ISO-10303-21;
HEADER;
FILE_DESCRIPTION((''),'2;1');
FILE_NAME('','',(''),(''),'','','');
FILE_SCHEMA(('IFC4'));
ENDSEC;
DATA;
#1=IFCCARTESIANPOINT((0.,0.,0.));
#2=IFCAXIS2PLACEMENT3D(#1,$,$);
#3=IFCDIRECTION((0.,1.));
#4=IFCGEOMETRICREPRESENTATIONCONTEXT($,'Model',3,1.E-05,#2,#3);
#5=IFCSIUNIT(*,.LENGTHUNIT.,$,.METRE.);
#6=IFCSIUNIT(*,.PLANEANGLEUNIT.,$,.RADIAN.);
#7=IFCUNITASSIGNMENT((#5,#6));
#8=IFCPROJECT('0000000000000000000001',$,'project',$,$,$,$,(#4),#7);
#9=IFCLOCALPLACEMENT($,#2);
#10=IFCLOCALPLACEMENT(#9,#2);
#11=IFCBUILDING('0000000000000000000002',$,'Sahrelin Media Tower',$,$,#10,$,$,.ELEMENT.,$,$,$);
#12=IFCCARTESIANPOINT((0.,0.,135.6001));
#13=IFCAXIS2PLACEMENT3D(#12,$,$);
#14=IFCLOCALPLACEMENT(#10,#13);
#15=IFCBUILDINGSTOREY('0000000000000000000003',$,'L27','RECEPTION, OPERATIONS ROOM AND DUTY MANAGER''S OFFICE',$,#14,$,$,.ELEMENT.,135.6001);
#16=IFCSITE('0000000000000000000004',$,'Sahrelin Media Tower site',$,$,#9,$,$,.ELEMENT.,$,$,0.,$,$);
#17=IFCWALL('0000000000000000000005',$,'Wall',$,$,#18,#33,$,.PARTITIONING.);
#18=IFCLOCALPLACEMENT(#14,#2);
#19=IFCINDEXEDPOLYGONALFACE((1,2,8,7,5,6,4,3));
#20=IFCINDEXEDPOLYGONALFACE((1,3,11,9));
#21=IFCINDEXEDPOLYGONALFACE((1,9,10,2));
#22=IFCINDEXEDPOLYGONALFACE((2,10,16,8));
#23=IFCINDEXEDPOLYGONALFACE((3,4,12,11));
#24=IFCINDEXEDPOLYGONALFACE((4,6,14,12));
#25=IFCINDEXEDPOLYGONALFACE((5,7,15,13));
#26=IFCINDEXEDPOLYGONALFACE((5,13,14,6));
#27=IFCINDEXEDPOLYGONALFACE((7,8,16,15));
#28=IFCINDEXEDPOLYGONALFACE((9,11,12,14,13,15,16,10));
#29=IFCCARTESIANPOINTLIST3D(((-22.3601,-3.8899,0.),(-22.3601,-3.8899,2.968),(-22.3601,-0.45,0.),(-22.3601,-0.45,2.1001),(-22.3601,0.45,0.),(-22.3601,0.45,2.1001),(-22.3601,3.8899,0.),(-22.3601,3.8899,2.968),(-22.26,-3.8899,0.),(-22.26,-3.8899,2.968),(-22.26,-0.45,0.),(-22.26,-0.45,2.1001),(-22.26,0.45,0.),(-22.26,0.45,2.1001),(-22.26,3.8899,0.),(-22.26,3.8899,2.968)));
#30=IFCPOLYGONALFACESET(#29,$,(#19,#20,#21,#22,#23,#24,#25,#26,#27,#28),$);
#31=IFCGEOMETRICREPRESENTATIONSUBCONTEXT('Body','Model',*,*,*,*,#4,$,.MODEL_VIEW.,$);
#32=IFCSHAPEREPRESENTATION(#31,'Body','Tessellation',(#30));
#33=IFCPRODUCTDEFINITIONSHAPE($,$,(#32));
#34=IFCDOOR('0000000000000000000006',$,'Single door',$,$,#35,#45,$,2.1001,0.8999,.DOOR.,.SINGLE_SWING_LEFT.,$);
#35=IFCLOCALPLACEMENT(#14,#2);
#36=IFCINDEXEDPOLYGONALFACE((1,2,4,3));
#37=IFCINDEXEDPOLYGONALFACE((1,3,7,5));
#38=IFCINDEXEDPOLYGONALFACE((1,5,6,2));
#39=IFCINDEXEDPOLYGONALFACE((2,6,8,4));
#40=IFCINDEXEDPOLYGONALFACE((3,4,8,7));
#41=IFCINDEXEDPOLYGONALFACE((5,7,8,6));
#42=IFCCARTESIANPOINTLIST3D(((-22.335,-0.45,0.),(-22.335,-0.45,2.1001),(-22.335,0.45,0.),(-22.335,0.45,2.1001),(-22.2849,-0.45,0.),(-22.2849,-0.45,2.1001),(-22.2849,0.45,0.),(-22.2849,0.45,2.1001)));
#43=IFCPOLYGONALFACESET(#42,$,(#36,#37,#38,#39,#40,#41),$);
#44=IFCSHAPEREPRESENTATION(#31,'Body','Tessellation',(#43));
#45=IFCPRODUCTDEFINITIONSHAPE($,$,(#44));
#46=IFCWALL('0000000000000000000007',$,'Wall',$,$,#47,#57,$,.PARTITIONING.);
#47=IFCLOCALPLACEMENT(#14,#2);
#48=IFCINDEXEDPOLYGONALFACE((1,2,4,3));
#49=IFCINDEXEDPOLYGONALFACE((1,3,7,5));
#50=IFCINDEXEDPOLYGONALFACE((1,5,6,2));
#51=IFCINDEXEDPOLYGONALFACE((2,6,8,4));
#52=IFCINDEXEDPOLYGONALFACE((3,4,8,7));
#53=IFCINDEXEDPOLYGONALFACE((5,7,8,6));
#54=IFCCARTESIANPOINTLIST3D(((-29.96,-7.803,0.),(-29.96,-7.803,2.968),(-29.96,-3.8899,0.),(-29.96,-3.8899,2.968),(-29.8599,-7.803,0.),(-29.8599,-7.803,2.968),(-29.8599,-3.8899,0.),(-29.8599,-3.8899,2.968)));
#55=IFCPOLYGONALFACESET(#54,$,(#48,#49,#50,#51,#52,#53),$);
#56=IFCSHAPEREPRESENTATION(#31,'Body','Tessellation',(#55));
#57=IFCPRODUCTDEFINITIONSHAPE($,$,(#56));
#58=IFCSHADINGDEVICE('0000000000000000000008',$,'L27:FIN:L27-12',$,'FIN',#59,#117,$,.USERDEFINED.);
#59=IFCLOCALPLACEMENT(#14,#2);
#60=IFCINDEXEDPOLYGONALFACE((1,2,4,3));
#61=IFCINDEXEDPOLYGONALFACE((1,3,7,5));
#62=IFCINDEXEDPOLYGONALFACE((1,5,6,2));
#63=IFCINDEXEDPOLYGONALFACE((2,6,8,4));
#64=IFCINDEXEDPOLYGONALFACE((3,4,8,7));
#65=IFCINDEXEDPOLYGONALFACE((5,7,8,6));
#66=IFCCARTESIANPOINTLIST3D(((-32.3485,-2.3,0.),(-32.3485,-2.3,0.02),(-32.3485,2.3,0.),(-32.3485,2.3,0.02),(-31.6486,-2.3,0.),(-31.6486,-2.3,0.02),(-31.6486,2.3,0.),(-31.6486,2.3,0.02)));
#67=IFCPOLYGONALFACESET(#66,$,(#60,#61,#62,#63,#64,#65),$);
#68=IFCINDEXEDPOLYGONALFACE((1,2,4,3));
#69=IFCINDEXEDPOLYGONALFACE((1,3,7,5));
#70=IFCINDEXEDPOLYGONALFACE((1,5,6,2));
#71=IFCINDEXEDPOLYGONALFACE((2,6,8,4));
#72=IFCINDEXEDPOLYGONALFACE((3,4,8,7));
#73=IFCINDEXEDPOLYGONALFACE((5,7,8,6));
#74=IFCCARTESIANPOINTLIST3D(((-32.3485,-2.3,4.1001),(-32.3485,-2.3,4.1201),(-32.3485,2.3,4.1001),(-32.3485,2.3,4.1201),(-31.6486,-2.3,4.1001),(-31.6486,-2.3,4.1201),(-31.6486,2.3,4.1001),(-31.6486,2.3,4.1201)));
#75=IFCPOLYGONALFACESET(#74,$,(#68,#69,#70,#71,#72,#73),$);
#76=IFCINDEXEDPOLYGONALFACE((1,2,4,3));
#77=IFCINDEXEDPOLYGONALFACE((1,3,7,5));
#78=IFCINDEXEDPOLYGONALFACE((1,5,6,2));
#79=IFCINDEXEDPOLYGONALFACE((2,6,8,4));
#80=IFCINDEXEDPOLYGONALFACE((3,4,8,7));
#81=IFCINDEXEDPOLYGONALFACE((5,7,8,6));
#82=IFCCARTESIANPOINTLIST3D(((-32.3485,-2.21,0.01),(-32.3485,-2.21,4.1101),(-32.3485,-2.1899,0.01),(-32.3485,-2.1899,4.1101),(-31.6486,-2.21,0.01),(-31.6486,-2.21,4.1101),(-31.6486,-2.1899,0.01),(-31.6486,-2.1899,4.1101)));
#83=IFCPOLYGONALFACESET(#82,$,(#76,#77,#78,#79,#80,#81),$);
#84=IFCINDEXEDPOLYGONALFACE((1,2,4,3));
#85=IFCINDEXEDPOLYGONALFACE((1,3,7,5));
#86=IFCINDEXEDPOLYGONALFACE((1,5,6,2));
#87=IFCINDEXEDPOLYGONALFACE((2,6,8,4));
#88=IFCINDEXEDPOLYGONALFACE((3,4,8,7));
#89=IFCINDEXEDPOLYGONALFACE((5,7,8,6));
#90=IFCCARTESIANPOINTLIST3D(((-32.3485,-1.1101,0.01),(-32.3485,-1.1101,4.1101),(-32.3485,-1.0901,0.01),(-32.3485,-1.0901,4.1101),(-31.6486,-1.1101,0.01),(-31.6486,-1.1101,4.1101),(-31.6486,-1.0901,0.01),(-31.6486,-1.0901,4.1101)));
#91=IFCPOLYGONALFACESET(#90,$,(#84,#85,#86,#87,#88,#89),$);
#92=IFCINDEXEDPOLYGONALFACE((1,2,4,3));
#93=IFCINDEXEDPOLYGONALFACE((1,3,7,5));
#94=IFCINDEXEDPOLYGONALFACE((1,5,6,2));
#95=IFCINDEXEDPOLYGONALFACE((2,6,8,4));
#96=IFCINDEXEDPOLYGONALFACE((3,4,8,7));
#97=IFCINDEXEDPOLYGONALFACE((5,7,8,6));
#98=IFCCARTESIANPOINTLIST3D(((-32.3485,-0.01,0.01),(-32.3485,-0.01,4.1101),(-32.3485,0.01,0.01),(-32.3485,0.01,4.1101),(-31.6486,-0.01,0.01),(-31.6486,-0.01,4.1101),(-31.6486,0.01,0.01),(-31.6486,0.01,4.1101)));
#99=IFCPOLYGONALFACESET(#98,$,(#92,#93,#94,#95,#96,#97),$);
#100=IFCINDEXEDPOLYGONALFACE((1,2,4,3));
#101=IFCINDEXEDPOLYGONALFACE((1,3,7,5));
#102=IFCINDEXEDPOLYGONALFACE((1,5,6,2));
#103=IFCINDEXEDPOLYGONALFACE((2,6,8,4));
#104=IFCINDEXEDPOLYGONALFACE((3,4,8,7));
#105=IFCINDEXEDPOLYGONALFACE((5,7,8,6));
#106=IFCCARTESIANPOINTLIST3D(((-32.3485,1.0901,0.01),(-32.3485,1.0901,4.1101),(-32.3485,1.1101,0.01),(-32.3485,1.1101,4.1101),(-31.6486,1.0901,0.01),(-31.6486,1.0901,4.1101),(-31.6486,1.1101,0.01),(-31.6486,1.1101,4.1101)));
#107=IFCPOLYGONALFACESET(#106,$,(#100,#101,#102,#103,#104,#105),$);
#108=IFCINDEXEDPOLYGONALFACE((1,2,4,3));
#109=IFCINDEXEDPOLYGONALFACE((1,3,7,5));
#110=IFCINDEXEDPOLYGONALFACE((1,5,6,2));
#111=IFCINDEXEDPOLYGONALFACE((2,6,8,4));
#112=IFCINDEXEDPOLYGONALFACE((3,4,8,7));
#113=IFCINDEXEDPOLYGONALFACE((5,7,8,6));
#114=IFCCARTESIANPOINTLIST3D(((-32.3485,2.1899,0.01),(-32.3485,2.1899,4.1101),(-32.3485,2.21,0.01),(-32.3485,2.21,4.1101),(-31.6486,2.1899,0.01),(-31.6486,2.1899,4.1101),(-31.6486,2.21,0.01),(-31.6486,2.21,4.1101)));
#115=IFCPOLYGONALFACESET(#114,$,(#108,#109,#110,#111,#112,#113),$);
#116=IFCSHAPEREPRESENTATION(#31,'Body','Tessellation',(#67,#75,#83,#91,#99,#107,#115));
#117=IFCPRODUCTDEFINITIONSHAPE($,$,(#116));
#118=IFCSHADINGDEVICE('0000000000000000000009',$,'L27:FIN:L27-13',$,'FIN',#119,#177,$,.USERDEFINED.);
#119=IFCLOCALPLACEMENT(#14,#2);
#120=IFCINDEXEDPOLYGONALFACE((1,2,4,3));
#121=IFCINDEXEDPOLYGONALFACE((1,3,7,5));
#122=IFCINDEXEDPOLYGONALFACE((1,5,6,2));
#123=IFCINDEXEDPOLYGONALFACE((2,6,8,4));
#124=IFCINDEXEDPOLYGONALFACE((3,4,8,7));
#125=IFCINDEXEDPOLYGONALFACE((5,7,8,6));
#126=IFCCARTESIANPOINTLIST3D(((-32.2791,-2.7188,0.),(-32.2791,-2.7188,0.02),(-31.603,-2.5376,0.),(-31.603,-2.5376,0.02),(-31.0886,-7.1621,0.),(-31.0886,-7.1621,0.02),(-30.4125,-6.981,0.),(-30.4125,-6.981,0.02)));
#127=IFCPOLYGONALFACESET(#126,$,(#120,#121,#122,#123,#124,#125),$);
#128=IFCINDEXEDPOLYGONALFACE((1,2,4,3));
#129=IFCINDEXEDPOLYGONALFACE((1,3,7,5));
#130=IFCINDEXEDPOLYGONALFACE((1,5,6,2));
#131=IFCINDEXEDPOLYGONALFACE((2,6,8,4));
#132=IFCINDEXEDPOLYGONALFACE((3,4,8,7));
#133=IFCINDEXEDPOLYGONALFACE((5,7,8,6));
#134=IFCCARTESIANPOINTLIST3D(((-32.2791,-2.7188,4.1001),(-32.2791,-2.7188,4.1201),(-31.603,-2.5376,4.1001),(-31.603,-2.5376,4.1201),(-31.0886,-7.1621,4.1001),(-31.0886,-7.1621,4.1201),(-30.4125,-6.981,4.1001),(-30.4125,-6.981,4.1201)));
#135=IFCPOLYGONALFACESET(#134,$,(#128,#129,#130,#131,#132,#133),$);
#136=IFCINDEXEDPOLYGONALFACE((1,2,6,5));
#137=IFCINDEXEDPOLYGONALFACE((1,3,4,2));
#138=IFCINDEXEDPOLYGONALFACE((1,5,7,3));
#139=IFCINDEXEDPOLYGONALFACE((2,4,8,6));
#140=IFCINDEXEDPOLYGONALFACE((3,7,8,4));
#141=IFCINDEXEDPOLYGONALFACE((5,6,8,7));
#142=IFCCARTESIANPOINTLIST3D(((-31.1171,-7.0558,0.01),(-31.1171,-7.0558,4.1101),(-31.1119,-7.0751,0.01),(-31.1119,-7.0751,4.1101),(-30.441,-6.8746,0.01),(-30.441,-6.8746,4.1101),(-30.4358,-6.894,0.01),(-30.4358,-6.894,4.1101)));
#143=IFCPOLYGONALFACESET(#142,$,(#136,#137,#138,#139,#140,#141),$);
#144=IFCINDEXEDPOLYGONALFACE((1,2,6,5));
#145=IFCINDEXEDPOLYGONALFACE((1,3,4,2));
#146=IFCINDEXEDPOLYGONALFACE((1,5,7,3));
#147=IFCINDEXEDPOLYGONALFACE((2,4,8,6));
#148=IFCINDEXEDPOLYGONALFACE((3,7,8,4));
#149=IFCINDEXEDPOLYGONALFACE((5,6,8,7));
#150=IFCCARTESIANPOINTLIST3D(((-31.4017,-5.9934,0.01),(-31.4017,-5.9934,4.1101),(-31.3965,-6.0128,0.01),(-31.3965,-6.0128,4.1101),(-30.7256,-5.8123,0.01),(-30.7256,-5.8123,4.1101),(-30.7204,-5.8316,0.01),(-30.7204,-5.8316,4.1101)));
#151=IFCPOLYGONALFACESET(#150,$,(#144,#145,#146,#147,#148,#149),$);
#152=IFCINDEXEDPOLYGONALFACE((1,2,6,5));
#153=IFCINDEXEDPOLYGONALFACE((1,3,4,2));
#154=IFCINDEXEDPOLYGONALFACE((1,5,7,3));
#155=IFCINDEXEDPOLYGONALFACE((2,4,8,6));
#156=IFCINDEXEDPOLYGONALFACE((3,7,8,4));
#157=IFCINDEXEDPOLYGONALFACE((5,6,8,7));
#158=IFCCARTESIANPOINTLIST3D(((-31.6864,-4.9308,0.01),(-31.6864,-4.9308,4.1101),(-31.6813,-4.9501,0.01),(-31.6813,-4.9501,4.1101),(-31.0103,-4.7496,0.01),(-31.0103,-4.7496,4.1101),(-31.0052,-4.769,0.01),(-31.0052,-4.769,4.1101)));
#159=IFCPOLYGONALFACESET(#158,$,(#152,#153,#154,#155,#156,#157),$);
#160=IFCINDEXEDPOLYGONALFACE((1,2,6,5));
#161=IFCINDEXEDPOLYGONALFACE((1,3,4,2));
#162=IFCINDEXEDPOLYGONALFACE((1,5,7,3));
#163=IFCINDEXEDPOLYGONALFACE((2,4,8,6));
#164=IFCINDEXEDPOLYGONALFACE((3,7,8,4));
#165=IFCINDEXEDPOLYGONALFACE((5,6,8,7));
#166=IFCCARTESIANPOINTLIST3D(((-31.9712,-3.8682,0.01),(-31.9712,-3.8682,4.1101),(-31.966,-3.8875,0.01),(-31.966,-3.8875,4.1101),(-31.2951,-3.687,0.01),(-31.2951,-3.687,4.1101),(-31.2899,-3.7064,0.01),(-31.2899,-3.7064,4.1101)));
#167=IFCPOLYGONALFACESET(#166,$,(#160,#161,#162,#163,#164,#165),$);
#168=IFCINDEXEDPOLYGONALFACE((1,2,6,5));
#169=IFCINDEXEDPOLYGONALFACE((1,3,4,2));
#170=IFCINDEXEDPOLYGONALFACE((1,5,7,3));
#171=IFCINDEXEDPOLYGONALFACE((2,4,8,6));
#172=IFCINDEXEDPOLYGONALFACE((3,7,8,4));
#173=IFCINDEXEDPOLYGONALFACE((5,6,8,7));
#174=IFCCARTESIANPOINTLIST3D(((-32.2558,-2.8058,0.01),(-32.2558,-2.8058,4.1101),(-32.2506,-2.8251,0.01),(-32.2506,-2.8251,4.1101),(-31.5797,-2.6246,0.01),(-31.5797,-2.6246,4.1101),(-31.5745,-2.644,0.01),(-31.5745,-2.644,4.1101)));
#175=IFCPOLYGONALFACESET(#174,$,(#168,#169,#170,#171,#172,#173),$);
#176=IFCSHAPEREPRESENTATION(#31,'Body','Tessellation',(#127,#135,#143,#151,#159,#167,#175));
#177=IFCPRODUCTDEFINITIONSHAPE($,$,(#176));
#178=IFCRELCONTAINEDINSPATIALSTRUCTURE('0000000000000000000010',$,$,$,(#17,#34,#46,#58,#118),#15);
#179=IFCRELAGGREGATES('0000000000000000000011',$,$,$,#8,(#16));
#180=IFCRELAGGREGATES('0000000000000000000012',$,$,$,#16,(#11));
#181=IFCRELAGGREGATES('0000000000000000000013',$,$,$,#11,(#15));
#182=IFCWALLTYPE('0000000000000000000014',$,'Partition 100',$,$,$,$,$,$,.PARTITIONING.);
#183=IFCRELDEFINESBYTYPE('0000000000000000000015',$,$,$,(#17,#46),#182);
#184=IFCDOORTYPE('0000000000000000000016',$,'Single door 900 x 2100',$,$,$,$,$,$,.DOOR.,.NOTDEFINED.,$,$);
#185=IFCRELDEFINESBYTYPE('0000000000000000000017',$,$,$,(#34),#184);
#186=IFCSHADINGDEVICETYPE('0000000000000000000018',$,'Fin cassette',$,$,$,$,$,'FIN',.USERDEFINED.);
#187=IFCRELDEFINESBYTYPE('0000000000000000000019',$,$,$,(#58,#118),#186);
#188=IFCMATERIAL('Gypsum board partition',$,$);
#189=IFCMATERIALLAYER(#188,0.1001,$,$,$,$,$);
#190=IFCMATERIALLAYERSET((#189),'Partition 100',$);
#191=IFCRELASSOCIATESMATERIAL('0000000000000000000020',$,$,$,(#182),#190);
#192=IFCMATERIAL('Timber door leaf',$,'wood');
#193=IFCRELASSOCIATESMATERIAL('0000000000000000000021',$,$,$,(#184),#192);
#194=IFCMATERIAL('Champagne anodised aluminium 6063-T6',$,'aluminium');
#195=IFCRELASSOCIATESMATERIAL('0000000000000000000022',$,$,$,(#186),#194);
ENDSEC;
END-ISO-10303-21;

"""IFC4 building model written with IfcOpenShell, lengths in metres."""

from ifc_helpers import new_model, si_unit, direction, frame, frame_2d, origin, origin_2d, place, context, subcontext, project, spatial, rectangle, extrude, material, layer, layer_set, type_object, element, fill, save


model = new_model("IFC4")

# Units and contexts
model_context = context("Model", 3, precision=1e-05, world=origin(), true_north=direction((0.0, 1.0)))
body_context = subcontext(model_context, "Body", "Model", "MODEL_VIEW")
ifc_project = project(units=[si_unit("LENGTHUNIT", "METRE"), si_unit("PLANEANGLEUNIT", "RADIAN")], contexts=[model_context])

# Site, building, storey
site_placement = place(None, origin())
site = spatial("IfcSite", under=ifc_project, at=site_placement, Name="Sahrelin Media Tower site", CompositionType="ELEMENT", RefElevation=0.0)
building_placement = place(site_placement, origin())
building = spatial("IfcBuilding", under=site, at=building_placement, Name="Sahrelin Media Tower", CompositionType="ELEMENT")
storey_placement = place(building_placement, frame((0.0, 0.0, 135.6001)))
storey = spatial("IfcBuildingStorey", under=building, at=storey_placement, Name="L27", Description="RECEPTION, OPERATIONS ROOM AND DUTY MANAGER'S OFFICE", CompositionType="ELEMENT", Elevation=135.6001)

# Shared definitions
ifc_material_1 = material(Name="Champagne anodised aluminium 6063-T6", Category="aluminium")

# Shared definitions
ifc_material_2 = material(Name="Gypsum board partition")
ifc_layer_1 = layer(ifc_material_2, 0.1001)
ifc_layer_set_1 = layer_set([ifc_layer_1], Name="Partition 100")
wall_type_1 = type_object("IfcWallType", Name="Partition 100", PredefinedType="PARTITIONING", material=ifc_layer_set_1)

# Wall, opening, door
wall_1_placement = place(storey_placement, frame((-22.3101, -3.8899, 0.0), z_axis=(0.0, 0.0, 1.0), x_axis=(0.0, 1.0, 0.0)))
wall_1 = element("IfcWall", 1, at=wall_1_placement, inside=storey, type_object=wall_type_1, Name="Wall", PredefinedType="PARTITIONING", context=body_context, shape_type="SweptSolid", body=[
    extrude(rectangle(XDim=7.7798, YDim=0.1001, at=frame_2d((3.8899, 0.0))), origin(), (0.0, 0.0, 1.0), 2.968),
])
opening_placement = place(wall_1_placement, frame((3.4399, 0.0, 0.0)))
opening = element("IfcOpeningElement", 2, at=opening_placement, cuts=wall_1, PredefinedType="OPENING", context=body_context, shape_type="SweptSolid", body=[
    extrude(rectangle(XDim=0.8999, YDim=2.1001, at=frame_2d((0.45, 1.05))), frame((0.0, 0.05, 0.0), z_axis=(0.0, -1.0, 0.0), x_axis=(1.0, 0.0, 0.0)), (0.0, 0.0, 1.0), 0.1001),
])
ifc_material_3 = material(Name="Timber door leaf", Category="wood")
door_type = type_object("IfcDoorType", Name="Single door 900 x 2100", OperationType="NOTDEFINED", PredefinedType="DOOR", material=ifc_material_3)
door_placement = place(opening_placement, origin())
door = element("IfcDoor", 3, at=door_placement, inside=storey, type_object=door_type, Name="Single door", OperationType="SINGLE_SWING_LEFT", OverallHeight=2.1001, OverallWidth=0.8999, PredefinedType="DOOR", context=body_context, shape_type="SweptSolid", body=[
    extrude(rectangle(XDim=0.8999, YDim=2.1001, at=frame_2d((0.45, 1.05))), frame((0.0, 0.0249, 0.0), z_axis=(0.0, -1.0, 0.0), x_axis=(1.0, 0.0, 0.0)), (0.0, 0.0, 1.0), 0.05),
])
fill(opening, door)

# Wall
wall_2_placement = place(storey_placement, frame((-29.9099, -7.803, 0.0), z_axis=(0.0, 0.0, 1.0), x_axis=(0.0, 1.0, 0.0)))
element("IfcWall", 4, at=wall_2_placement, inside=storey, type_object=wall_type_1, Name="Wall", PredefinedType="PARTITIONING", context=body_context, shape_type="SweptSolid", body=[
    extrude(rectangle(XDim=3.9131, YDim=0.1001, at=frame_2d((1.9565, 0.0))), origin(), (0.0, 0.0, 1.0), 2.968),
])

# Shading devices
shading_device_type_1 = type_object("IfcShadingDeviceType", Name="Fin cassette", ElementType="FIN", PredefinedType="USERDEFINED", material=ifc_material_1)
placement_1 = place(storey_placement, frame((-31.5786, 0.0, 0.0), z_axis=(0.0, 0.0, 1.0), x_axis=(0.0, 1.0, 0.0)))
element("IfcShadingDevice", 5, at=placement_1, inside=storey, type_object=shading_device_type_1, Name="L27:FIN:L27-12", ObjectType="FIN", PredefinedType="USERDEFINED", context=body_context, shape_type="SweptSolid", body=[
    extrude(rectangle(XDim=4.6001, YDim=0.7, at=origin_2d()), frame((0.0, 0.4199, 0.0)), (0.0, 0.0, 1.0), 0.02),
    extrude(rectangle(XDim=4.6001, YDim=0.7, at=origin_2d()), frame((0.0, 0.4199, 4.1001)), (0.0, 0.0, 1.0), 0.02),
    extrude(rectangle(XDim=0.02, YDim=0.7, at=origin_2d()), frame((-2.2, 0.4199, 0.01), z_axis=(0.0, 0.0, 1.0), x_axis=(1.0, 0.0, 0.0)), (0.0, 0.0, 1.0), 4.1001),
    extrude(rectangle(XDim=0.02, YDim=0.7, at=origin_2d()), frame((-1.1001, 0.4199, 0.01), z_axis=(0.0, 0.0, 1.0), x_axis=(1.0, 0.0, 0.0)), (0.0, 0.0, 1.0), 4.1001),
    extrude(rectangle(XDim=0.02, YDim=0.7, at=origin_2d()), frame((0.0, 0.4199, 0.01), z_axis=(0.0, 0.0, 1.0), x_axis=(1.0, 0.0, 0.0)), (0.0, 0.0, 1.0), 4.1001),
    extrude(rectangle(XDim=0.02, YDim=0.7, at=origin_2d()), frame((1.1001, 0.4199, 0.01), z_axis=(0.0, 0.0, 1.0), x_axis=(1.0, 0.0, 0.0)), (0.0, 0.0, 1.0), 4.1001),
    extrude(rectangle(XDim=0.02, YDim=0.7, at=origin_2d()), frame((2.2, 0.4199, 0.01), z_axis=(0.0, 0.0, 1.0), x_axis=(1.0, 0.0, 0.0)), (0.0, 0.0, 1.0), 4.1001),
])
placement_2 = place(storey_placement, frame((-30.9402, -4.7412, 0.0), z_axis=(0.0, 0.0, 1.0), x_axis=(-0.258808, 0.965929, 0.0)))
element("IfcShadingDevice", 6, at=placement_2, inside=storey, type_object=shading_device_type_1, Name="L27:FIN:L27-13", ObjectType="FIN", PredefinedType="USERDEFINED", context=body_context, shape_type="SweptSolid", body=[
    extrude(rectangle(XDim=4.6001, YDim=0.7, at=origin_2d()), frame((0.0, 0.4199, 0.0)), (0.0, 0.0, 1.0), 0.02),
    extrude(rectangle(XDim=4.6001, YDim=0.7, at=origin_2d()), frame((0.0, 0.4199, 4.1001)), (0.0, 0.0, 1.0), 0.02),
    extrude(rectangle(XDim=0.02, YDim=0.7, at=origin_2d()), frame((-2.2, 0.4199, 0.01), z_axis=(0.0, 0.0, 1.0), x_axis=(1.0, 0.0, 0.0)), (0.0, 0.0, 1.0), 4.1001),
    extrude(rectangle(XDim=0.02, YDim=0.7, at=origin_2d()), frame((-1.1001, 0.4199, 0.01), z_axis=(0.0, 0.0, 1.0), x_axis=(1.0, 0.0, 0.0)), (0.0, 0.0, 1.0), 4.1001),
    extrude(rectangle(XDim=0.02, YDim=0.7, at=origin_2d()), frame((0.0, 0.4199, 0.01), z_axis=(0.0, 0.0, 1.0), x_axis=(1.0, 0.0, 0.0)), (0.0, 0.0, 1.0), 4.1001),
    extrude(rectangle(XDim=0.02, YDim=0.7, at=origin_2d()), frame((1.1001, 0.4199, 0.01), z_axis=(0.0, 0.0, 1.0), x_axis=(1.0, 0.0, 0.0)), (0.0, 0.0, 1.0), 4.1001),
    extrude(rectangle(XDim=0.02, YDim=0.7, at=origin_2d()), frame((2.2, 0.4199, 0.01), z_axis=(0.0, 0.0, 1.0), x_axis=(1.0, 0.0, 0.0)), (0.0, 0.0, 1.0), 4.1001),
])

save(model, "model.ifc")
